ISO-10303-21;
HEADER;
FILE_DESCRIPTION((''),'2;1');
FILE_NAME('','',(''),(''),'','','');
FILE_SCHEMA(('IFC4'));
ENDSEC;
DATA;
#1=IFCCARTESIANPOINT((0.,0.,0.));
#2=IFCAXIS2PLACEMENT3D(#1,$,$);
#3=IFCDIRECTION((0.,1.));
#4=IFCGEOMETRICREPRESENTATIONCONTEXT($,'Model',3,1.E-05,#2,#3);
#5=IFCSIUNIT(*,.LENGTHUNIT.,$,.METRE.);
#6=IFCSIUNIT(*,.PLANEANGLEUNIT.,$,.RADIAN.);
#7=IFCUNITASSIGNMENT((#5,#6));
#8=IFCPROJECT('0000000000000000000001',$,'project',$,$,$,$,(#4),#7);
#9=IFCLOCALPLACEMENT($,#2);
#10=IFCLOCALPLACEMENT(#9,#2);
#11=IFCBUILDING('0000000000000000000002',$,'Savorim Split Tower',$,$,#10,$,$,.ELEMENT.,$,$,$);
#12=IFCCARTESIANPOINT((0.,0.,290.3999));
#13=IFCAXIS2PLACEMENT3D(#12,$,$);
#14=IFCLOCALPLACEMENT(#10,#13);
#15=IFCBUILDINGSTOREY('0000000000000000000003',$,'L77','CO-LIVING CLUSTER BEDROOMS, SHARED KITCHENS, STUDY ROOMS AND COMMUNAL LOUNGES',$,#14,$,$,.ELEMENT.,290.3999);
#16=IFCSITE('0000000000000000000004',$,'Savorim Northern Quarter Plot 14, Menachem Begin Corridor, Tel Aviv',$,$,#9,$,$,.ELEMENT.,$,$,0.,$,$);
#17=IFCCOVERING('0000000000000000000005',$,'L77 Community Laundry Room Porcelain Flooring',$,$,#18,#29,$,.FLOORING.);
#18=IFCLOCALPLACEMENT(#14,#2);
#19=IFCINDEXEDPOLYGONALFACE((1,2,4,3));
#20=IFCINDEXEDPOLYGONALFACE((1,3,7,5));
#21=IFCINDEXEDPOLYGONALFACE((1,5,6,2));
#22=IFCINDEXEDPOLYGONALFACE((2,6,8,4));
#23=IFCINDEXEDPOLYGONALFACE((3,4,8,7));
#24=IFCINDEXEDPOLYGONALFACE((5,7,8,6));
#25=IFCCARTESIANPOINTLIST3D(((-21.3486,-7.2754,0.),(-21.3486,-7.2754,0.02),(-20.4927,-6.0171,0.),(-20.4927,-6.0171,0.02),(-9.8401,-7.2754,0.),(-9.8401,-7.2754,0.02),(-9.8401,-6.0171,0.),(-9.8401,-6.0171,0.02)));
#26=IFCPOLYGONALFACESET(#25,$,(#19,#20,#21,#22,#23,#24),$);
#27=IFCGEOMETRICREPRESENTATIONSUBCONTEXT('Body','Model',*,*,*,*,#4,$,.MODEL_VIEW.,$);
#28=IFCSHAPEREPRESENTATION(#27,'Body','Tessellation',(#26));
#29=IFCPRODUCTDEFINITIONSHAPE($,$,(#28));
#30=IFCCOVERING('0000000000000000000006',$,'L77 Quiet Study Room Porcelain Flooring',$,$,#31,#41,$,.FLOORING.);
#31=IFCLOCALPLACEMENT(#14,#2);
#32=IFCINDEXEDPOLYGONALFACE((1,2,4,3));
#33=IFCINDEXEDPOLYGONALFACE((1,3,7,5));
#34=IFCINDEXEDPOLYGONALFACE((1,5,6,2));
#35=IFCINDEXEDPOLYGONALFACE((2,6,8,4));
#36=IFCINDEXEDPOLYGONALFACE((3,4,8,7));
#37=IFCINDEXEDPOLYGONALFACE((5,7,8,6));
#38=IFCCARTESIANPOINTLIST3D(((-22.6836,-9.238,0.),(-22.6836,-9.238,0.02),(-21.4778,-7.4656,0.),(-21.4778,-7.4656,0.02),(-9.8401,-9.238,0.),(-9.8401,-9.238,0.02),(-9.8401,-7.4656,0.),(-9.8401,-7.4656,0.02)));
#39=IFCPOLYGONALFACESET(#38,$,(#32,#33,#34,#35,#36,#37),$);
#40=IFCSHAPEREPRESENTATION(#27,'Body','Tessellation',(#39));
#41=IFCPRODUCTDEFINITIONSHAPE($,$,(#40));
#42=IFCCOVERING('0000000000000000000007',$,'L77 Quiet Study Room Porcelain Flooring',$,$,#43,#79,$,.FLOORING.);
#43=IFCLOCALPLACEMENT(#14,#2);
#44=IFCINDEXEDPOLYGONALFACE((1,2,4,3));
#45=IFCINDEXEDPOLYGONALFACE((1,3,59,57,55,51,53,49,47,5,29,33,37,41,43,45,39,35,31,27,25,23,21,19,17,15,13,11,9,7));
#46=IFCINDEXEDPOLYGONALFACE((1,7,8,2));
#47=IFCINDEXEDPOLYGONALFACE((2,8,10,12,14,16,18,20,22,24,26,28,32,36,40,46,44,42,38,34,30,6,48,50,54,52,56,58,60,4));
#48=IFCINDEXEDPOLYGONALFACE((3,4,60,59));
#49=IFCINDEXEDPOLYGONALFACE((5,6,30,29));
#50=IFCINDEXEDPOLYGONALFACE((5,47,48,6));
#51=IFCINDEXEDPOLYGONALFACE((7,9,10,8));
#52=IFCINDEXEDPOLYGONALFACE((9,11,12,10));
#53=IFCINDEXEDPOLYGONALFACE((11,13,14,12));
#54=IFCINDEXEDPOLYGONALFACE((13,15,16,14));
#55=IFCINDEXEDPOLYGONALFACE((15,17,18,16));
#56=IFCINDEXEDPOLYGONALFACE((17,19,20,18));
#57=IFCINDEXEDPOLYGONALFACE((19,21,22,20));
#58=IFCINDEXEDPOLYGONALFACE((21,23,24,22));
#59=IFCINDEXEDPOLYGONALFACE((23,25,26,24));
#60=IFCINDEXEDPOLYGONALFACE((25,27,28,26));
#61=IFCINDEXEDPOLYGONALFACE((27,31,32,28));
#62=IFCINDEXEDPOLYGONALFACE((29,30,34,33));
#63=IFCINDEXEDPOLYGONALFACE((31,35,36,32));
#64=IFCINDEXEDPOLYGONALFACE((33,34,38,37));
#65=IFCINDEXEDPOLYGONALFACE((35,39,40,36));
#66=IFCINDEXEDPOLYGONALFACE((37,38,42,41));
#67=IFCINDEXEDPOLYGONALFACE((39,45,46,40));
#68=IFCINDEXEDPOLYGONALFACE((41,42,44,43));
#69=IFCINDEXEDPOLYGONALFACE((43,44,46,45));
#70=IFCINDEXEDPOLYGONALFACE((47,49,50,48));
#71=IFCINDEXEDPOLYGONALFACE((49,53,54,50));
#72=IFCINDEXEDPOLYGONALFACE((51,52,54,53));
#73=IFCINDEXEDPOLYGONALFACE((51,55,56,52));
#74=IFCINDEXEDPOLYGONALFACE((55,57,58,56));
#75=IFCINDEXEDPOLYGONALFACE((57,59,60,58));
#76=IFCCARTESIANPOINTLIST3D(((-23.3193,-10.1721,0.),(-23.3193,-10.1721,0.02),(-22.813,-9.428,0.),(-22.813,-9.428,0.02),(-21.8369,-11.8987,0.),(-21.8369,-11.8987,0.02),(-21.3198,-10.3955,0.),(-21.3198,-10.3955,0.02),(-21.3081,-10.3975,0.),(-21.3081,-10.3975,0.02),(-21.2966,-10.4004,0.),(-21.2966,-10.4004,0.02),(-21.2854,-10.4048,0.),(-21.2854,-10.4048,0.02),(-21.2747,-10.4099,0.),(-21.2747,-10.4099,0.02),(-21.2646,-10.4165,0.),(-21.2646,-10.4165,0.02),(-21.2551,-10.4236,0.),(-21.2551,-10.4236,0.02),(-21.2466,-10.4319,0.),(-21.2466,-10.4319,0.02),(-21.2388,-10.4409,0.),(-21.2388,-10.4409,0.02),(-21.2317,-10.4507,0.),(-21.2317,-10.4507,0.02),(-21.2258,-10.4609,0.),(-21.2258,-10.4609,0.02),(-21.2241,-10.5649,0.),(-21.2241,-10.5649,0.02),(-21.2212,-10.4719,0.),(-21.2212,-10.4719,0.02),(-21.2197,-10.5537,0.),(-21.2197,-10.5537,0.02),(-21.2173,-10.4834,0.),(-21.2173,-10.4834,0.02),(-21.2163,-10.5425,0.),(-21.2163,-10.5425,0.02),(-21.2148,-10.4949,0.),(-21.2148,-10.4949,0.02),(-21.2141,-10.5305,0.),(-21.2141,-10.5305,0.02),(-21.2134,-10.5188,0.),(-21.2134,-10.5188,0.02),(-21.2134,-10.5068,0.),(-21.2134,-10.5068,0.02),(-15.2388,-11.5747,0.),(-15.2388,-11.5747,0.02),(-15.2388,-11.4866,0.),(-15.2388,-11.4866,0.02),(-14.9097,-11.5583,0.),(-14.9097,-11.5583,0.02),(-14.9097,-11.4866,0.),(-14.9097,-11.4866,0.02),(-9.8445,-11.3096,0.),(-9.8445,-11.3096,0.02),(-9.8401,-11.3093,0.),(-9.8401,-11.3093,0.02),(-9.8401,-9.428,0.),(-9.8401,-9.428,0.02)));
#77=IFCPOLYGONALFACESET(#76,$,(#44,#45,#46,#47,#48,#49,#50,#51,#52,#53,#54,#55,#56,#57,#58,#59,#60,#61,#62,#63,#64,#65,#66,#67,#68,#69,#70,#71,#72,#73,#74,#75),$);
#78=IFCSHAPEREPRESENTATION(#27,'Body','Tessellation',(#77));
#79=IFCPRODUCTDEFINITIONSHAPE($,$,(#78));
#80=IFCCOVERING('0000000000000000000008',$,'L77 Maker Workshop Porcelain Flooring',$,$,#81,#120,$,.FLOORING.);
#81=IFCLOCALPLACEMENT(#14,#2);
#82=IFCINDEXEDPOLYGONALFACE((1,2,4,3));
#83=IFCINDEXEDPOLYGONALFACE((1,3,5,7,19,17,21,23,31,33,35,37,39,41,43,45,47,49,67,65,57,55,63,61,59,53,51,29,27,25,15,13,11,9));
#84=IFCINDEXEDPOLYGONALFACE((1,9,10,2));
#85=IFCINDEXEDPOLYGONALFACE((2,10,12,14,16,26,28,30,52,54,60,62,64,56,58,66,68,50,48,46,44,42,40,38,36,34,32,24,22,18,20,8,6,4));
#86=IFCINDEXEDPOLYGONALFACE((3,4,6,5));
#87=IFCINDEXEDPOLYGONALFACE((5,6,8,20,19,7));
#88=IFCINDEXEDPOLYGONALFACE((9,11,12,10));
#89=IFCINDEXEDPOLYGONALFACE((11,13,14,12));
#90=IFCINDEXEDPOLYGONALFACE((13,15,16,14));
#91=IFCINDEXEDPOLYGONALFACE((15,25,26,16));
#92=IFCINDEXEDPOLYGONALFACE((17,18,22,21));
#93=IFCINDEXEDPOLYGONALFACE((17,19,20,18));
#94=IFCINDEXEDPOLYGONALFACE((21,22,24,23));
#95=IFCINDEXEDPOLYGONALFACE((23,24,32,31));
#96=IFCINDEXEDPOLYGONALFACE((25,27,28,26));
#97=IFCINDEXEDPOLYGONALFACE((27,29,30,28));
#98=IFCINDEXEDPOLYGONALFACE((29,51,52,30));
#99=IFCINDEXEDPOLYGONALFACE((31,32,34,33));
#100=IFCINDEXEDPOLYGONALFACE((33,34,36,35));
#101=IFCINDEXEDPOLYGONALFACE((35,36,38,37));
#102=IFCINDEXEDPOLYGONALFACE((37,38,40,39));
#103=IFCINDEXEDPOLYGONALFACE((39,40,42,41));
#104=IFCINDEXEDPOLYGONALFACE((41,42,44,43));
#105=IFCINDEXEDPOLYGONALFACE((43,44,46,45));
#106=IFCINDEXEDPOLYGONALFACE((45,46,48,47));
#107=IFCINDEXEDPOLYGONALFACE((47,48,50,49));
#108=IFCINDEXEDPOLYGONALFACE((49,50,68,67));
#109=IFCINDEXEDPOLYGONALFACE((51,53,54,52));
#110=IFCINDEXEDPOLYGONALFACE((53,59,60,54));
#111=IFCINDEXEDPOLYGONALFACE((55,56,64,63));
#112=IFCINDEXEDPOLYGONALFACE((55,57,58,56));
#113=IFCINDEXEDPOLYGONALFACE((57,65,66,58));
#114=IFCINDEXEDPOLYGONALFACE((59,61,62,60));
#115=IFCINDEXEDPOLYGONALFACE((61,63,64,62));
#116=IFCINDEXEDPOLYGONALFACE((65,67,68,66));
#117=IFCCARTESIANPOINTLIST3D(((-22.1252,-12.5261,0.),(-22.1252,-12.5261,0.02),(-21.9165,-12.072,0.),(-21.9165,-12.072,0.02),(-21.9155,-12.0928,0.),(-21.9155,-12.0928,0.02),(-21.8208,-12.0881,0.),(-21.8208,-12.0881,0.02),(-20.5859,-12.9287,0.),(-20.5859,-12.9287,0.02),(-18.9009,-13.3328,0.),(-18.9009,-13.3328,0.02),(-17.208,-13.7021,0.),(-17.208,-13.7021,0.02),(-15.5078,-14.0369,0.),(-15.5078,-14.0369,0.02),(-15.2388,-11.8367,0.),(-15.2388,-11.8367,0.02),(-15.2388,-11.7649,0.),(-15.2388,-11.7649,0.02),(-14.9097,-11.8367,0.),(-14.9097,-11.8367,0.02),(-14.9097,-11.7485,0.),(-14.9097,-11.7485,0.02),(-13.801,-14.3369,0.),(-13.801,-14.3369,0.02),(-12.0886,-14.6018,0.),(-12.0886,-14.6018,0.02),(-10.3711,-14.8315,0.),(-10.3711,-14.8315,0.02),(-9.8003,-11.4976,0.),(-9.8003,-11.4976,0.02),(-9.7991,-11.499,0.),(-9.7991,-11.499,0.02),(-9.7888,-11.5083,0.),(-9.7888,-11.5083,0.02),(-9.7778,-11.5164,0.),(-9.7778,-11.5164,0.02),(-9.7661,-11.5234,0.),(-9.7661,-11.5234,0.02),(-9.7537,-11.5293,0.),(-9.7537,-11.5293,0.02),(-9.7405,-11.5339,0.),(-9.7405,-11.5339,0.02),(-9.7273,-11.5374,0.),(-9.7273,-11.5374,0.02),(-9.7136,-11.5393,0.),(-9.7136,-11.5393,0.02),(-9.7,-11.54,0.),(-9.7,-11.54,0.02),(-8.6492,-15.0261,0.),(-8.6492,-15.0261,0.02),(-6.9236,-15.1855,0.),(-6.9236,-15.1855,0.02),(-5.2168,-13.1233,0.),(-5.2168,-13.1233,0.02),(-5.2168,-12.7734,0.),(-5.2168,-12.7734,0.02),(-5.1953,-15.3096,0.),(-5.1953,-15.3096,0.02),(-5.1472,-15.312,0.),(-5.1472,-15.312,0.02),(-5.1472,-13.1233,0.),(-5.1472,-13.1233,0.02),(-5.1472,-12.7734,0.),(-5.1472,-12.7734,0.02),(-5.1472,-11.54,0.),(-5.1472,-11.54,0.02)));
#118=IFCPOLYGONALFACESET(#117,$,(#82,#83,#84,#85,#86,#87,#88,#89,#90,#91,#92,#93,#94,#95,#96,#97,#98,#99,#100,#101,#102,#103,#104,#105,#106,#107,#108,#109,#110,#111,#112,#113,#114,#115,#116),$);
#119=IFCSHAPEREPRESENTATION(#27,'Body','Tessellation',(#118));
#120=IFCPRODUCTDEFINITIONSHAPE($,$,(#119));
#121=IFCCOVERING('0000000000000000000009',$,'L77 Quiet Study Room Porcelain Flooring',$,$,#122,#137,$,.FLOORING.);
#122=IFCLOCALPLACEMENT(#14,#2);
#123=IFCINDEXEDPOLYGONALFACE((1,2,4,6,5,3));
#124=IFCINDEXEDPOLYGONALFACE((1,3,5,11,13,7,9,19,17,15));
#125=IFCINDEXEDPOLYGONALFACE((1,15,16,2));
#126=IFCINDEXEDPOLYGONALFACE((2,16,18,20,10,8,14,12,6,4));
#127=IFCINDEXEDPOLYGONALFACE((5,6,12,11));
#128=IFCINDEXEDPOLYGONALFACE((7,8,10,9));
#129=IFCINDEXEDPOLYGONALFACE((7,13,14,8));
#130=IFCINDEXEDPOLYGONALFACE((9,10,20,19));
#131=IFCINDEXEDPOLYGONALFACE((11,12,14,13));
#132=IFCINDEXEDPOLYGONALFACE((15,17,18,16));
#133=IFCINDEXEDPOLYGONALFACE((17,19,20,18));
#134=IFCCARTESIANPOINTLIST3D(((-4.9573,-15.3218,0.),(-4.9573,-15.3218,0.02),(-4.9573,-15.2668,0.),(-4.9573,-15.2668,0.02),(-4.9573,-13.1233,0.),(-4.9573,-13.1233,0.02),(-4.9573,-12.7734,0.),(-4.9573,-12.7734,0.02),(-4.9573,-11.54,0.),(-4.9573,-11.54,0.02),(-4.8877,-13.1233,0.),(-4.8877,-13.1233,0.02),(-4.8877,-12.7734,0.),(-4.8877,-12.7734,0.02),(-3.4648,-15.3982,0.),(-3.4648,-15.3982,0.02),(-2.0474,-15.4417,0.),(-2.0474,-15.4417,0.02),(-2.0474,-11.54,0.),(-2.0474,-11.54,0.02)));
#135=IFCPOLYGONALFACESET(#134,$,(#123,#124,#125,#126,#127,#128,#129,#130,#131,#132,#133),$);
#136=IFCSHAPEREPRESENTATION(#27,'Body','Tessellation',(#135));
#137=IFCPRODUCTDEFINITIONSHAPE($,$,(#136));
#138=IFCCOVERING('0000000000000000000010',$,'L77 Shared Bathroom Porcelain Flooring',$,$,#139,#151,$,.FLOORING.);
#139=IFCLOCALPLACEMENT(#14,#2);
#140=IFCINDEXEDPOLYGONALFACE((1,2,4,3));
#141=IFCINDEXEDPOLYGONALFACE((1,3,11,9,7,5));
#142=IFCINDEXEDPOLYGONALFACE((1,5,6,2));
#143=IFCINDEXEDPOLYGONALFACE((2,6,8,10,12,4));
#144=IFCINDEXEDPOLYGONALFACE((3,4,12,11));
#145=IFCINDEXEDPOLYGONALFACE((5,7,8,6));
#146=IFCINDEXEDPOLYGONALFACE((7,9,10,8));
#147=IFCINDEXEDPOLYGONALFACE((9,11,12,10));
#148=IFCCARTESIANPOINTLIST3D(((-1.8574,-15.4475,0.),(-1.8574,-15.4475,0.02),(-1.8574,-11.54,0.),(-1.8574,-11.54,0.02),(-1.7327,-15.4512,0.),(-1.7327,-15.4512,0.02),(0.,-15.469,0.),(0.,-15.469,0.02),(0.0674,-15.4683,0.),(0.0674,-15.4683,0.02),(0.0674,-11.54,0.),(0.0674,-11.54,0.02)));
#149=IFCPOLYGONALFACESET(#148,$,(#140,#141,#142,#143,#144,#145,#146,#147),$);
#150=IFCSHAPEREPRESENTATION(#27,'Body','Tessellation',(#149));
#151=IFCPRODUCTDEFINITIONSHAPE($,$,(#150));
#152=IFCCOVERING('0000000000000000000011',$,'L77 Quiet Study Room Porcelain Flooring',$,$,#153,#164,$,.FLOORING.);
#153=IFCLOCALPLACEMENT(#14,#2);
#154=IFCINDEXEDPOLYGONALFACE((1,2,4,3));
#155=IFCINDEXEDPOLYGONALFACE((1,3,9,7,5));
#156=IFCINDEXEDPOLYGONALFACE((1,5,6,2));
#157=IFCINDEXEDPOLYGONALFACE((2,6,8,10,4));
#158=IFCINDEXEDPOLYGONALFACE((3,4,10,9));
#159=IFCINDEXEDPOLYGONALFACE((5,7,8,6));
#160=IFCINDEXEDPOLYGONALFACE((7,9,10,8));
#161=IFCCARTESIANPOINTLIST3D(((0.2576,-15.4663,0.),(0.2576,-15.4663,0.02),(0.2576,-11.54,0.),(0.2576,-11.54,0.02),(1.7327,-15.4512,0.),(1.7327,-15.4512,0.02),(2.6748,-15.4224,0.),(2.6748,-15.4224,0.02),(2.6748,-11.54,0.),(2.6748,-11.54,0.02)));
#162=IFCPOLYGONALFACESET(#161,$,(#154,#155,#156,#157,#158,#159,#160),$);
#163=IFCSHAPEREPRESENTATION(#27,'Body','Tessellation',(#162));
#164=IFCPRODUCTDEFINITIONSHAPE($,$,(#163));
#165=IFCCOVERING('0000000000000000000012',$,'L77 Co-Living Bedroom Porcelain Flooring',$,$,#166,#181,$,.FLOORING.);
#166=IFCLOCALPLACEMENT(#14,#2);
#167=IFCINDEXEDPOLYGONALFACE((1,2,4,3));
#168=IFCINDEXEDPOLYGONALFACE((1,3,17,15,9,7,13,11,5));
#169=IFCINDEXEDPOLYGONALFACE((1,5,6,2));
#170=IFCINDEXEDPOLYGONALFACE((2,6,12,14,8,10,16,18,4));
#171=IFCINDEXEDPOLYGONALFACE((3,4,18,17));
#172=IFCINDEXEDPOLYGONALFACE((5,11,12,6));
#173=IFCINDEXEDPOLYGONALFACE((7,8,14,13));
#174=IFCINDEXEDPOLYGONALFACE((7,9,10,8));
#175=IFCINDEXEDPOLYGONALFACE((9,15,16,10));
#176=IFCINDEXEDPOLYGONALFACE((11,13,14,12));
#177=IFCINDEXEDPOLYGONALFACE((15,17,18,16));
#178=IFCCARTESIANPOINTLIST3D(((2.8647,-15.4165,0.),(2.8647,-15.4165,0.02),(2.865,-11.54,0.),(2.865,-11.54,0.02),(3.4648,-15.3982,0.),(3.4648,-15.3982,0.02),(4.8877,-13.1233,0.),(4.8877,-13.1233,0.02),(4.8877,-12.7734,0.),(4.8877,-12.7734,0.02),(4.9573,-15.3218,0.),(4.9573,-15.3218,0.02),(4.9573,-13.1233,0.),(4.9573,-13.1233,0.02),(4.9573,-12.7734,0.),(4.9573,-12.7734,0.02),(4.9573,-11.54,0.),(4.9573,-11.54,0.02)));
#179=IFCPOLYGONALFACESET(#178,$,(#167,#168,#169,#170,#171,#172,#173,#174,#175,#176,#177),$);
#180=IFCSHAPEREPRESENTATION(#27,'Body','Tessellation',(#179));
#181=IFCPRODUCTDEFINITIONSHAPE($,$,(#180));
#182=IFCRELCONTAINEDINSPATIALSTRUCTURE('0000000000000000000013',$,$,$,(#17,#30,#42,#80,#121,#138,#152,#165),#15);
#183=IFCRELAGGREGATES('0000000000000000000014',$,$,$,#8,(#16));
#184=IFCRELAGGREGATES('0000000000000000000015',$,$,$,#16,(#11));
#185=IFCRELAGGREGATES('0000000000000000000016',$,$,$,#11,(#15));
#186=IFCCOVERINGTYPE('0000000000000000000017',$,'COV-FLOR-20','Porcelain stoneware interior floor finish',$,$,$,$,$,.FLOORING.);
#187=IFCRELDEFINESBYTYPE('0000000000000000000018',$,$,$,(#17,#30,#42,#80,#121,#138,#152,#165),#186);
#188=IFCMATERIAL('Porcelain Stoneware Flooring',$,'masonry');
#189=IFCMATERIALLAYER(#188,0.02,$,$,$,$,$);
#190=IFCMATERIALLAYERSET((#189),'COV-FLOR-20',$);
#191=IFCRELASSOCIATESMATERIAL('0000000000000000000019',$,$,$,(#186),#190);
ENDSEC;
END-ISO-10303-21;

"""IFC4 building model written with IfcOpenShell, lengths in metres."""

from ifc_helpers import new_model, si_unit, direction, frame, origin, place, context, subcontext, project, spatial, polyline, outline, extrude, material, layer, layer_set, type_object, element, save


model = new_model("IFC4")

# Units and contexts
model_context = context("Model", 3, precision=1e-05, world=origin(), true_north=direction((0.0, 1.0)))
body_context = subcontext(model_context, "Body", "Model", "MODEL_VIEW")
ifc_project = project(units=[si_unit("LENGTHUNIT", "METRE"), si_unit("PLANEANGLEUNIT", "RADIAN")], contexts=[model_context])

# Site, building, storey
site_placement = place(None, origin())
site = spatial("IfcSite", under=ifc_project, at=site_placement, Name="Savorim Northern Quarter Plot 14, Menachem Begin Corridor, Tel Aviv", CompositionType="ELEMENT", RefElevation=0.0)
building_placement = place(site_placement, origin())
building = spatial("IfcBuilding", under=site, at=building_placement, Name="Savorim Split Tower", CompositionType="ELEMENT")
storey_placement = place(building_placement, frame((0.0, 0.0, 290.3999)))
storey = spatial("IfcBuildingStorey", under=building, at=storey_placement, Name="L77", Description="CO-LIVING CLUSTER BEDROOMS, SHARED KITCHENS, STUDY ROOMS AND COMMUNAL LOUNGES", CompositionType="ELEMENT", Elevation=290.3999)

# Coverings
ifc_material_1 = material(Name="Porcelain Stoneware Flooring", Category="masonry")
ifc_layer_1 = layer(ifc_material_1, 0.02)
ifc_layer_set_1 = layer_set([ifc_layer_1], Name="COV-FLOR-20")
covering_type_1 = type_object("IfcCoveringType", Name="COV-FLOR-20", Description="Porcelain stoneware interior floor finish", PredefinedType="FLOORING", material=ifc_layer_set_1)
covering_1_placement = place(storey_placement, origin())
element("IfcCovering", 1, at=covering_1_placement, inside=storey, type_object=covering_type_1, Name="L77 Community Laundry Room Porcelain Flooring", PredefinedType="FLOORING", context=body_context, shape_type="SweptSolid", body=[
    extrude(outline(polyline([(-9.8401, -7.2754), (-9.8401, -6.0171), (-20.4927, -6.0171), (-21.3486, -7.2754), (-9.8401, -7.2754)])), origin(), (0.0, 0.0, 1.0), 0.02),
])
covering_2_placement = place(storey_placement, origin())
element("IfcCovering", 2, at=covering_2_placement, inside=storey, type_object=covering_type_1, Name="L77 Quiet Study Room Porcelain Flooring", PredefinedType="FLOORING", context=body_context, shape_type="SweptSolid", body=[
    extrude(outline(polyline([(-9.8401, -9.238), (-9.8401, -7.4656), (-21.4778, -7.4656), (-22.6836, -9.238), (-9.8401, -9.238)])), origin(), (0.0, 0.0, 1.0), 0.02),
])
covering_3_placement = place(storey_placement, origin())
element("IfcCovering", 3, at=covering_3_placement, inside=storey, type_object=covering_type_1, Name="L77 Quiet Study Room Porcelain Flooring", PredefinedType="FLOORING", context=body_context, shape_type="SweptSolid", body=[
    extrude(outline(polyline([(-21.2134, -10.5068), (-21.2134, -10.5188), (-21.2141, -10.5305), (-21.2163, -10.5425), (-21.2197, -10.5537), (-21.2241, -10.5649), (-21.8369, -11.8987), (-15.2388, -11.5747), (-15.2388, -11.4866), (-14.9097, -11.4866), (-14.9097, -11.5583), (-9.8445, -11.3096), (-9.8401, -11.3093), (-9.8401, -9.428), (-22.813, -9.428), (-23.3193, -10.1721), (-21.3198, -10.3955), (-21.3081, -10.3975), (-21.2966, -10.4004), (-21.2854, -10.4048), (-21.2747, -10.4099), (-21.2646, -10.4165), (-21.2551, -10.4236), (-21.2466, -10.4319), (-21.2388, -10.4409), (-21.2317, -10.4507), (-21.2258, -10.4609), (-21.2212, -10.4719), (-21.2173, -10.4834), (-21.2148, -10.4949), (-21.2134, -10.5068)])), origin(), (0.0, 0.0, 1.0), 0.02),
])
covering_4_placement = place(storey_placement, origin())
element("IfcCovering", 4, at=covering_4_placement, inside=storey, type_object=covering_type_1, Name="L77 Maker Workshop Porcelain Flooring", PredefinedType="FLOORING", context=body_context, shape_type="SweptSolid", body=[
    extrude(outline(polyline([(-10.3711, -14.8315), (-8.6492, -15.0261), (-6.9236, -15.1855), (-5.1953, -15.3096), (-5.1472, -15.312), (-5.1472, -13.1233), (-5.2168, -13.1233), (-5.2168, -12.7734), (-5.1472, -12.7734), (-5.1472, -11.54), (-9.7, -11.54), (-9.7136, -11.5393), (-9.7273, -11.5374), (-9.7405, -11.5339), (-9.7537, -11.5293), (-9.7661, -11.5234), (-9.7778, -11.5164), (-9.7888, -11.5083), (-9.7991, -11.499), (-9.8003, -11.4976), (-14.9097, -11.7485), (-14.9097, -11.8367), (-15.2388, -11.8367), (-15.2388, -11.7649), (-21.8208, -12.0881), (-21.9155, -12.0928), (-21.9165, -12.072), (-22.1252, -12.5261), (-20.5859, -12.9287), (-18.9009, -13.3328), (-17.208, -13.7021), (-15.5078, -14.0369), (-13.801, -14.3369), (-12.0886, -14.6018), (-10.3711, -14.8315)])), origin(), (0.0, 0.0, 1.0), 0.02),
])
covering_5_placement = place(storey_placement, origin())
element("IfcCovering", 5, at=covering_5_placement, inside=storey, type_object=covering_type_1, Name="L77 Quiet Study Room Porcelain Flooring", PredefinedType="FLOORING", context=body_context, shape_type="SweptSolid", body=[
    extrude(outline(polyline([(-4.9573, -15.2668), (-4.9573, -15.3218), (-3.4648, -15.3982), (-2.0474, -15.4417), (-2.0474, -11.54), (-4.9573, -11.54), (-4.9573, -12.7734), (-4.8877, -12.7734), (-4.8877, -13.1233), (-4.9573, -13.1233), (-4.9573, -15.2668)])), origin(), (0.0, 0.0, 1.0), 0.02),
])
covering_6_placement = place(storey_placement, origin())
element("IfcCovering", 6, at=covering_6_placement, inside=storey, type_object=covering_type_1, Name="L77 Shared Bathroom Porcelain Flooring", PredefinedType="FLOORING", context=body_context, shape_type="SweptSolid", body=[
    extrude(outline(polyline([(-1.8574, -15.4475), (-1.7327, -15.4512), (0.0, -15.469), (0.0674, -15.4683), (0.0674, -11.54), (-1.8574, -11.54), (-1.8574, -15.4475)])), origin(), (0.0, 0.0, 1.0), 0.02),
])
covering_7_placement = place(storey_placement, origin())
element("IfcCovering", 7, at=covering_7_placement, inside=storey, type_object=covering_type_1, Name="L77 Quiet Study Room Porcelain Flooring", PredefinedType="FLOORING", context=body_context, shape_type="SweptSolid", body=[
    extrude(outline(polyline([(0.2576, -11.54), (0.2576, -15.4663), (1.7327, -15.4512), (2.6748, -15.4224), (2.6748, -11.54), (0.2576, -11.54)])), origin(), (0.0, 0.0, 1.0), 0.02),
])
covering_8_placement = place(storey_placement, origin())
element("IfcCovering", 8, at=covering_8_placement, inside=storey, type_object=covering_type_1, Name="L77 Co-Living Bedroom Porcelain Flooring", PredefinedType="FLOORING", context=body_context, shape_type="SweptSolid", body=[
    extrude(outline(polyline([(4.9573, -11.54), (2.865, -11.54), (2.8647, -15.4165), (3.4648, -15.3982), (4.9573, -15.3218), (4.9573, -13.1233), (4.8877, -13.1233), (4.8877, -12.7734), (4.9573, -12.7734), (4.9573, -11.54)])), origin(), (0.0, 0.0, 1.0), 0.02),
])

save(model, "model.ifc")
